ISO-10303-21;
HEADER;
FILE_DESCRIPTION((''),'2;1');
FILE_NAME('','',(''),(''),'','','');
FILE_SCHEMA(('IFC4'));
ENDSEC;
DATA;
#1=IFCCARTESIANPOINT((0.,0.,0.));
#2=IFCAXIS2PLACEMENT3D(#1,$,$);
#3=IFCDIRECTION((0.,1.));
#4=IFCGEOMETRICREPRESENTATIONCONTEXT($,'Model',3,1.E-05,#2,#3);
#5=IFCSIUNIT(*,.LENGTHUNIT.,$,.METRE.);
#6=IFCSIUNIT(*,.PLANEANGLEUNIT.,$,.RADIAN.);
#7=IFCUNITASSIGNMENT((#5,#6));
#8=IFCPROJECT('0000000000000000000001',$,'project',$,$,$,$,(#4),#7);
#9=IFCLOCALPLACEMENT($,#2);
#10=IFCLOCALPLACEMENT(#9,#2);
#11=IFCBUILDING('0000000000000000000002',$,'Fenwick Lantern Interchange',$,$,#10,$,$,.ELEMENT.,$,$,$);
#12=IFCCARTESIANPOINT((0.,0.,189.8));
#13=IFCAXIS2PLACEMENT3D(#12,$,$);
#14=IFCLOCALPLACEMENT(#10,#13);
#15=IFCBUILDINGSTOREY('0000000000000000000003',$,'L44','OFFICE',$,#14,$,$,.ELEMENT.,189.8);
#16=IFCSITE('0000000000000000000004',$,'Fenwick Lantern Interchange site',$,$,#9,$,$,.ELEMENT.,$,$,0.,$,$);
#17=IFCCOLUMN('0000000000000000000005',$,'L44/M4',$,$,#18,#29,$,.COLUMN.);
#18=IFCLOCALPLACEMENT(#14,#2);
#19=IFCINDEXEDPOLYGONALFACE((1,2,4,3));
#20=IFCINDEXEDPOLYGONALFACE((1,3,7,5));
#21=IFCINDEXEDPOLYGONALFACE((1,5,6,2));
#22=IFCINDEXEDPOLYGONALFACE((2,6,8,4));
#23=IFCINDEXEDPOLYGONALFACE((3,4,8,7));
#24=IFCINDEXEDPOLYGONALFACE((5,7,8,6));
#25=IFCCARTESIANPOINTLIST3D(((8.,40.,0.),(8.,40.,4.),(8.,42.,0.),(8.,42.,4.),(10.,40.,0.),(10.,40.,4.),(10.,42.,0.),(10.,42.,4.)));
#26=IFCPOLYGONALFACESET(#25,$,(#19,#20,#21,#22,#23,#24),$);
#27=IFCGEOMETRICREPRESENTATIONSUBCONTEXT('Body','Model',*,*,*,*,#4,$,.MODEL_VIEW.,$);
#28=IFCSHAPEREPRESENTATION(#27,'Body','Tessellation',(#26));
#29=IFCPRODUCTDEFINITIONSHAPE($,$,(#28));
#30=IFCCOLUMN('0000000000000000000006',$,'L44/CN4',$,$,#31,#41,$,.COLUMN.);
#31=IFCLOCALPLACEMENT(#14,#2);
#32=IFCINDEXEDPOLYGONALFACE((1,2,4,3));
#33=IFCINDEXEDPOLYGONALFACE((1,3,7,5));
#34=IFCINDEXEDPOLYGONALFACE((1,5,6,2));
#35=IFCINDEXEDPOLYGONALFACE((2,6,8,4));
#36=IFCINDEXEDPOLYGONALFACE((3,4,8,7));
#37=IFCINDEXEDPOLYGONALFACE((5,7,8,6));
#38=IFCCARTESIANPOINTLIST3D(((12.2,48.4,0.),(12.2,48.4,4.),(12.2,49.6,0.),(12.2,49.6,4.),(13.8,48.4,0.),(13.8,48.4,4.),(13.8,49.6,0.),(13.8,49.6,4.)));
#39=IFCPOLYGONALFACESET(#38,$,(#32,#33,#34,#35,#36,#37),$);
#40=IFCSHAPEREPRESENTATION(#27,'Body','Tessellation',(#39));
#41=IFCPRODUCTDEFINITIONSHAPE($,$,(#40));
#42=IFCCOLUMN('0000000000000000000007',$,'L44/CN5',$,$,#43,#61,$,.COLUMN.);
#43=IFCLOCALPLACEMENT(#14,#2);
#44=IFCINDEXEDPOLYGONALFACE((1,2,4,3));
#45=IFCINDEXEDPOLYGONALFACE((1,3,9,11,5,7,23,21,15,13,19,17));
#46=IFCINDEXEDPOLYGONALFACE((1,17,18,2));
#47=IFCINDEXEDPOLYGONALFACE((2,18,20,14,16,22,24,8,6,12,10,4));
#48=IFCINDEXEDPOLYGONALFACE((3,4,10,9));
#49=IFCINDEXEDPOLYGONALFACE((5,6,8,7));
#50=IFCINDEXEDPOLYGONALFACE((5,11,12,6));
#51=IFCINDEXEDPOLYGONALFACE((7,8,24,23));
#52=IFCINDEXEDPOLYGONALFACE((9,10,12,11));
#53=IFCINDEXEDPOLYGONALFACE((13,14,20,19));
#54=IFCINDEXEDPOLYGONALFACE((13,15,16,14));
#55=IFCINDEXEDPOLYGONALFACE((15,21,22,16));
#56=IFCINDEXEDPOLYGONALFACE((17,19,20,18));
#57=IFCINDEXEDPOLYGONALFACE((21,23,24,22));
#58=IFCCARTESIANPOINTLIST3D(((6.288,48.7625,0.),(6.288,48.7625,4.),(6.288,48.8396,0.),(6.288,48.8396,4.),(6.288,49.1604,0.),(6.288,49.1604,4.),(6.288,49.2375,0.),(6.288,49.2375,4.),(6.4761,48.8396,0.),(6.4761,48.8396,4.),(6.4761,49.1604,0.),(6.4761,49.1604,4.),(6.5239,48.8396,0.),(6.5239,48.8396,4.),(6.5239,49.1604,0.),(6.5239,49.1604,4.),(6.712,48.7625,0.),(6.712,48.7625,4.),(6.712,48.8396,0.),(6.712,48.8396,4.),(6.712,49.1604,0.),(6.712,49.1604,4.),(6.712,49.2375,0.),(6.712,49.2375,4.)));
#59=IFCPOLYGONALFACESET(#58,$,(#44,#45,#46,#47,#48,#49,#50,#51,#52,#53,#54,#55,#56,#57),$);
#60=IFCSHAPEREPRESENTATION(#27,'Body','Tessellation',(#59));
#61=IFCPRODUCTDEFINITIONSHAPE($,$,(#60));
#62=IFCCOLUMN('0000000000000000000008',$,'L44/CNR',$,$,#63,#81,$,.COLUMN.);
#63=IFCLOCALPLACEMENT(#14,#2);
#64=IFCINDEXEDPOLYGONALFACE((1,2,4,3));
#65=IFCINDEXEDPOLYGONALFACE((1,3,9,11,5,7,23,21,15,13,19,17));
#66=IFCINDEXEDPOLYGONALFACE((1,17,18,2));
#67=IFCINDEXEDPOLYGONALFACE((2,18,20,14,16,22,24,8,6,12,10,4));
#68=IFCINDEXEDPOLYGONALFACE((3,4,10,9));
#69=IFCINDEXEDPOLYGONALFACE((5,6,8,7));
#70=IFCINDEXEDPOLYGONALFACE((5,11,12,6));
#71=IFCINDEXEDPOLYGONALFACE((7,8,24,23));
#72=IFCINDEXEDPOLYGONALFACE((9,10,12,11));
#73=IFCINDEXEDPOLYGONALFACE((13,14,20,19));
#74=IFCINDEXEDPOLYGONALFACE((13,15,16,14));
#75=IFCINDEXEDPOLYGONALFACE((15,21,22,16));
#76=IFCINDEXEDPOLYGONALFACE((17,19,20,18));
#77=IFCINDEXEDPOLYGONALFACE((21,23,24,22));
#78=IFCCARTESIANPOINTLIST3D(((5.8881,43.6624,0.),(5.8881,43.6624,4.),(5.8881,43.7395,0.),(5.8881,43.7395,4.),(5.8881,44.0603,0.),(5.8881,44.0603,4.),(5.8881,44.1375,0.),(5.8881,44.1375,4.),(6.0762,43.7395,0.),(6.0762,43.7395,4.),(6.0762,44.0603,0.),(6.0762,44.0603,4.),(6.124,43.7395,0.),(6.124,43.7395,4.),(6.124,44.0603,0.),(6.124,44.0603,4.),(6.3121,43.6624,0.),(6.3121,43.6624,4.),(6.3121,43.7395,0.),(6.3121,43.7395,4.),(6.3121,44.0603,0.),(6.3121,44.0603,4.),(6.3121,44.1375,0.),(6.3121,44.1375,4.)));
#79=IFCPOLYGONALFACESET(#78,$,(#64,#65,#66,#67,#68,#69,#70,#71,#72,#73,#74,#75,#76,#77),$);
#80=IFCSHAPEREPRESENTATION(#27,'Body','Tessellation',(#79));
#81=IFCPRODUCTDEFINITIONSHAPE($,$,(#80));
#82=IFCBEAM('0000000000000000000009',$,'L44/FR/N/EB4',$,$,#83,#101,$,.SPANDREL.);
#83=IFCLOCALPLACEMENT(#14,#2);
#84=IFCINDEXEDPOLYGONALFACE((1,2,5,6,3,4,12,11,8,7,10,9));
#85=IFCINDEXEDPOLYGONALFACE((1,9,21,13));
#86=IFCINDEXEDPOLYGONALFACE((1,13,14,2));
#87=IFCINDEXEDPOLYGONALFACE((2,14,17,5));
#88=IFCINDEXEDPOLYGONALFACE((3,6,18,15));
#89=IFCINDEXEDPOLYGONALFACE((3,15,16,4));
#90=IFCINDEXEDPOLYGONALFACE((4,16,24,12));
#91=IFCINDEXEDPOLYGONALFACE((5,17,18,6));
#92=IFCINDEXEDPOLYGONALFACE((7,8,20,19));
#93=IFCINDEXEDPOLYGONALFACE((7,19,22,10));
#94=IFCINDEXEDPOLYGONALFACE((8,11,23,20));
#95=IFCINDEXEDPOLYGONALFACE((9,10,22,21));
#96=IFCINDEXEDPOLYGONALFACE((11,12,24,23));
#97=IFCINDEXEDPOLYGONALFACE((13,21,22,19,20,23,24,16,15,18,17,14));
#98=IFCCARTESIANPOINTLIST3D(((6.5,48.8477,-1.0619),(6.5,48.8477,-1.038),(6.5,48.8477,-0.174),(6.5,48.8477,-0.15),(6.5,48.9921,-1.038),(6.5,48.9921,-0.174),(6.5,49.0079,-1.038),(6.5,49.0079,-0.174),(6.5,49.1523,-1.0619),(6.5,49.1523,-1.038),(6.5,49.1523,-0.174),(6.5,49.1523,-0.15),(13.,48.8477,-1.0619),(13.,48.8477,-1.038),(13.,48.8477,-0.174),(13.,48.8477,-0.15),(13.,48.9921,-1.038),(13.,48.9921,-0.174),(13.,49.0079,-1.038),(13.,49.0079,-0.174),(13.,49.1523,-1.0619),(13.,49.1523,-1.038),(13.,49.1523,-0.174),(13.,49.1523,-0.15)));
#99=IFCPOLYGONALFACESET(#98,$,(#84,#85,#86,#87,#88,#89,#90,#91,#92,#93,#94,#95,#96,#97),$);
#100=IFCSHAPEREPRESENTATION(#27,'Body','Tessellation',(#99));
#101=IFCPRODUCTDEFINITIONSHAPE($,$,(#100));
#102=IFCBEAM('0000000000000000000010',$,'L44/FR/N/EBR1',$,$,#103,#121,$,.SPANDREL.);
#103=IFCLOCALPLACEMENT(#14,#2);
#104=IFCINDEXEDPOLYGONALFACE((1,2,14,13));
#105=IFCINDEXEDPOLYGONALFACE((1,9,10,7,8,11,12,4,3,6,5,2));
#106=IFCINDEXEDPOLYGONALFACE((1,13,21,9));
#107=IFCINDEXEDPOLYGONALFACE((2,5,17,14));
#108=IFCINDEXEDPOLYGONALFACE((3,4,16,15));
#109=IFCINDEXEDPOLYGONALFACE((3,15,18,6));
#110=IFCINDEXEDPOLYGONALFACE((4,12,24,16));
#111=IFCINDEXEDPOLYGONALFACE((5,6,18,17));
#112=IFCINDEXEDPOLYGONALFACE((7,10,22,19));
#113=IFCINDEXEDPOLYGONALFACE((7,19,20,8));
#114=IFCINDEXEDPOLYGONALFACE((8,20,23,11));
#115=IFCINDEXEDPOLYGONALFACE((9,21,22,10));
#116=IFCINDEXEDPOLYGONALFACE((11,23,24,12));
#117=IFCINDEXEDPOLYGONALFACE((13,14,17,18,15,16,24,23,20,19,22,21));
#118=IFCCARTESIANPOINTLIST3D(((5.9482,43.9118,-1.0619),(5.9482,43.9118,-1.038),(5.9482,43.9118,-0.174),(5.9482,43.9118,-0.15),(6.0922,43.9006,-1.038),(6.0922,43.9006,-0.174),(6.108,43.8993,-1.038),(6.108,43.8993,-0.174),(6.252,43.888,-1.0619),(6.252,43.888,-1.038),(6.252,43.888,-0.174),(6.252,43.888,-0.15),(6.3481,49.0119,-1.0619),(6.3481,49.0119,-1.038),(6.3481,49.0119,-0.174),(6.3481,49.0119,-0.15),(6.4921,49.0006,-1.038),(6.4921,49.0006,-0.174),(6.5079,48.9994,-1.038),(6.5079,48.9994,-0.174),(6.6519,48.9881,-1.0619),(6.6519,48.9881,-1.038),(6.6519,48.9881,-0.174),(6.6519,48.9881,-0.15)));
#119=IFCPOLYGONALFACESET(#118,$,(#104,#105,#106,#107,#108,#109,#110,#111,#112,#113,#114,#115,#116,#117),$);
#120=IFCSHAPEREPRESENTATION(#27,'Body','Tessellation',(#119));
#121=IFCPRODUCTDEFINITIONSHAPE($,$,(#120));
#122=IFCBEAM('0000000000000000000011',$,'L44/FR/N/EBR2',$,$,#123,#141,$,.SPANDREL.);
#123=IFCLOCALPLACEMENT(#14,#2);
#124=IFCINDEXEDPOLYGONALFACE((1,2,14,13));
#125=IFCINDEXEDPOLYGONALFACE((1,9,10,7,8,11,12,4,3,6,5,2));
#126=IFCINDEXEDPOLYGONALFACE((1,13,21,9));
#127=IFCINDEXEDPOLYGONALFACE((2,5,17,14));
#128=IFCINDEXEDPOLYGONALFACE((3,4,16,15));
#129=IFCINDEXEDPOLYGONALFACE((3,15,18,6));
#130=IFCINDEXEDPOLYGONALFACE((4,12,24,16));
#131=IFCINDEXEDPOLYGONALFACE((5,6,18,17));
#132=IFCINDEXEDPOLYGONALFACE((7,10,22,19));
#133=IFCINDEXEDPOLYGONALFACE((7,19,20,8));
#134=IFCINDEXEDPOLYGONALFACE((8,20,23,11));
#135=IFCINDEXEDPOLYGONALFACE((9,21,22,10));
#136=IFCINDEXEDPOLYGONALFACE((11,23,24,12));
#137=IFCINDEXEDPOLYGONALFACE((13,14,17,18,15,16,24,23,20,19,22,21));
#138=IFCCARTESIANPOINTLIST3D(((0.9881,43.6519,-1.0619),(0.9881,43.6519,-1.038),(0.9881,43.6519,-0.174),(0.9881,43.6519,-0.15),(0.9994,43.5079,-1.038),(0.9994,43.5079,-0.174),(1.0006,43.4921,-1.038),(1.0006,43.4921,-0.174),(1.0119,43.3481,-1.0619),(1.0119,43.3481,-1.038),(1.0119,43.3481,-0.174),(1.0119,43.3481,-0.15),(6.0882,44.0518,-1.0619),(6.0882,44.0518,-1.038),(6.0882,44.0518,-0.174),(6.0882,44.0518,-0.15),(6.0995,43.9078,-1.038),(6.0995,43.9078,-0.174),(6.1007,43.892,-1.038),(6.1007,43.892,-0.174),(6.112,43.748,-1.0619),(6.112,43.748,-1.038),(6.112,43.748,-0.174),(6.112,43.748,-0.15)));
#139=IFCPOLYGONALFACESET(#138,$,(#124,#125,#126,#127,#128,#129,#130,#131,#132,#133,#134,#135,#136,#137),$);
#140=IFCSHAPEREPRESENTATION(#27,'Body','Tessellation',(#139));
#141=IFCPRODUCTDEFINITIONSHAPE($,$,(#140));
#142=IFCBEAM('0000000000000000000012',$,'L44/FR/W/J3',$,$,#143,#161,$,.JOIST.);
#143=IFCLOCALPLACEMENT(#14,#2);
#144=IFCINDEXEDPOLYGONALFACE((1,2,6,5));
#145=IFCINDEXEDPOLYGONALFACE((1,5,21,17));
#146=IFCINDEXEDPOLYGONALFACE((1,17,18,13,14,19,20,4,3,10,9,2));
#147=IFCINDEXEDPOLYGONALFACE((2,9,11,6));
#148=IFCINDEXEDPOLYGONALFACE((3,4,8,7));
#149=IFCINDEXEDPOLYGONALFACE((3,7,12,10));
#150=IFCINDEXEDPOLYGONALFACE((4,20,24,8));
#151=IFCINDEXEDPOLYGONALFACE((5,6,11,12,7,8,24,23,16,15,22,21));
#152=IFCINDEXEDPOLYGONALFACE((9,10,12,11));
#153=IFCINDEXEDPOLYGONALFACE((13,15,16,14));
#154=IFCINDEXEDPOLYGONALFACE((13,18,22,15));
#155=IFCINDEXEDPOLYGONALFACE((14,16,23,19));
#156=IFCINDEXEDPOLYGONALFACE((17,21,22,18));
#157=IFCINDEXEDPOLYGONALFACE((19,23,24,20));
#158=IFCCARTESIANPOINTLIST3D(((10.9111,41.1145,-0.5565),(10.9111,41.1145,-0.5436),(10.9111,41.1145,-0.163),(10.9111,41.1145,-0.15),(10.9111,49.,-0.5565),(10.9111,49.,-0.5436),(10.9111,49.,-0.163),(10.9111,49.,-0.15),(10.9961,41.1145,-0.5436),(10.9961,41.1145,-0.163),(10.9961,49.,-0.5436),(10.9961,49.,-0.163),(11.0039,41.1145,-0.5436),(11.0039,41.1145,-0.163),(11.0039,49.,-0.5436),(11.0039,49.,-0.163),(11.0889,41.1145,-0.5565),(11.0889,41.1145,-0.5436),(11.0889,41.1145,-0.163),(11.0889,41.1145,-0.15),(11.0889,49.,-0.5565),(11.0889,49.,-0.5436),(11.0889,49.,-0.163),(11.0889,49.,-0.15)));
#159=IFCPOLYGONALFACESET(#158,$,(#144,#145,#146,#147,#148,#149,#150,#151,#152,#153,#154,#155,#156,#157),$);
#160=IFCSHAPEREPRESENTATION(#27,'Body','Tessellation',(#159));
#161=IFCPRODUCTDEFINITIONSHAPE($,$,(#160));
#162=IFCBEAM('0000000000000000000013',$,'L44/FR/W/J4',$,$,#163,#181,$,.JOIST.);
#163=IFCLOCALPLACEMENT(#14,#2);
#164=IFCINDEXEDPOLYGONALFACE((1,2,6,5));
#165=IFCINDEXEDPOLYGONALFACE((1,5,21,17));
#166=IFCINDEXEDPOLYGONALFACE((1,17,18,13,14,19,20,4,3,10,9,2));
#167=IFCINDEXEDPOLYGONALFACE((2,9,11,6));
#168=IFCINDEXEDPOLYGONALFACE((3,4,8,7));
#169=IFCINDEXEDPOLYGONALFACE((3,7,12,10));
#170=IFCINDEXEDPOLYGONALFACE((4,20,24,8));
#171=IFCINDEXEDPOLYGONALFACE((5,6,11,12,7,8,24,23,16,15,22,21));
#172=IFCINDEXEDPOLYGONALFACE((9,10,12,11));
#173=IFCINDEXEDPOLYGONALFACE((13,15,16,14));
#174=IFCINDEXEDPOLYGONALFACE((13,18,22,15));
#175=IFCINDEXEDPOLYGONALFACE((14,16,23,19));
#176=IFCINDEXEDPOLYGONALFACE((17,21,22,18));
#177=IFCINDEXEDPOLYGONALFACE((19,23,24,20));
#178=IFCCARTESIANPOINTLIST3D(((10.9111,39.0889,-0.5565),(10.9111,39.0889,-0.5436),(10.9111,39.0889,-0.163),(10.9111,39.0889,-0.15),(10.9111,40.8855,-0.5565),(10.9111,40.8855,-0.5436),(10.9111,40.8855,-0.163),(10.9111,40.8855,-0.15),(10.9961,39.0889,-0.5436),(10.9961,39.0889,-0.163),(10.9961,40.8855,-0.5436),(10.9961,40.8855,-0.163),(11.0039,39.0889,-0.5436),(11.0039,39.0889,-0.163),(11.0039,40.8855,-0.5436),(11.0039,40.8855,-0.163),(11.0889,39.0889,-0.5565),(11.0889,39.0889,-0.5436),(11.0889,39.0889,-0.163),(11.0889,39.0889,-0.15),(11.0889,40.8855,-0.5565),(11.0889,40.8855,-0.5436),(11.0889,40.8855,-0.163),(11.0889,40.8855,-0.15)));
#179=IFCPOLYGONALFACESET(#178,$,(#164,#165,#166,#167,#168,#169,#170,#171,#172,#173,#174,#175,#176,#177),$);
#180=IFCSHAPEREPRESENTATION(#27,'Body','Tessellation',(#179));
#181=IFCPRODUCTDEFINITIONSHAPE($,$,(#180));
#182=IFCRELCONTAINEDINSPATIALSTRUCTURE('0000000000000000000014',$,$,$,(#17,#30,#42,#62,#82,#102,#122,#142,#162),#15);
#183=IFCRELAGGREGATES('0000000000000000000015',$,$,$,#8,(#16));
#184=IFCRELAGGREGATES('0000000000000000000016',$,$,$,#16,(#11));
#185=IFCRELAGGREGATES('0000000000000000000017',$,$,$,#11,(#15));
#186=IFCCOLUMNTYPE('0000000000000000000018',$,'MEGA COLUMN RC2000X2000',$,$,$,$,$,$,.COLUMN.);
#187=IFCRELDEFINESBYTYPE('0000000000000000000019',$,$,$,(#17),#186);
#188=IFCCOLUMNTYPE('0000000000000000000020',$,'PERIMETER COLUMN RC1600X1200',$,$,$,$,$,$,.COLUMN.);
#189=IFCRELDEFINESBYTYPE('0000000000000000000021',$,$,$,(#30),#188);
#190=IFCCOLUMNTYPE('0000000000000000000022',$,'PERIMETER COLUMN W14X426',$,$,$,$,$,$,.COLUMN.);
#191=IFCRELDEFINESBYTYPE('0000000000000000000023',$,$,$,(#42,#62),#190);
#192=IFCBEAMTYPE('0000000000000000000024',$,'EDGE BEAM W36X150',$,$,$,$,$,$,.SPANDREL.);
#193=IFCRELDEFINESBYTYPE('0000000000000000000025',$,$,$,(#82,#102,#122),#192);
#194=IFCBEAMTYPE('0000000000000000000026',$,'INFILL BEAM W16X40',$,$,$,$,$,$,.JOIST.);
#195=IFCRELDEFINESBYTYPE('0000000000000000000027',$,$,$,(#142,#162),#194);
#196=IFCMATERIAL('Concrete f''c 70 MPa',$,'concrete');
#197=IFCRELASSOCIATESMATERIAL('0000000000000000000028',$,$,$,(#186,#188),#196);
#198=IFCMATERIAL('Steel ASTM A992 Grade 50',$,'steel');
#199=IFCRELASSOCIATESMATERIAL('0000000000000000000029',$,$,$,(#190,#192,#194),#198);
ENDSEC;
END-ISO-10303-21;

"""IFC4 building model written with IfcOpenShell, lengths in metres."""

from ifc_helpers import new_model, si_unit, direction, frame, origin, origin_2d, place, context, subcontext, project, spatial, rectangle, i_section, extrude, material, material_profile, profile_set, type_object, element, save


model = new_model("IFC4")

# Units and contexts
model_context = context("Model", 3, precision=1e-05, world=origin(), true_north=direction((0.0, 1.0)))
body_context = subcontext(model_context, "Body", "Model", "MODEL_VIEW")
ifc_project = project(units=[si_unit("LENGTHUNIT", "METRE"), si_unit("PLANEANGLEUNIT", "RADIAN")], contexts=[model_context])

# Site, building, storey
site_placement = place(None, origin())
site = spatial("IfcSite", under=ifc_project, at=site_placement, Name="Fenwick Lantern Interchange site", CompositionType="ELEMENT", RefElevation=0.0)
building_placement = place(site_placement, origin())
building = spatial("IfcBuilding", under=site, at=building_placement, Name="Fenwick Lantern Interchange", CompositionType="ELEMENT")
storey_placement = place(building_placement, frame((0.0, 0.0, 189.8)))
storey = spatial("IfcBuildingStorey", under=building, at=storey_placement, Name="L44", Description="OFFICE", CompositionType="ELEMENT", Elevation=189.8)

# Columns
ifc_material_1 = material(Name="Concrete f'c 70 MPa", Category="concrete")
ifc_material_profile_1 = material_profile(ifc_material_1, rectangle(XDim=2.0, YDim=2.0, at=origin_2d()), Name="RC2000X2000")
ifc_profile_set_1 = profile_set([ifc_material_profile_1], Name="Concrete f'c 70 MPa")
column_type_1 = type_object("IfcColumnType", Name="MEGA COLUMN RC2000X2000", PredefinedType="COLUMN", material=ifc_profile_set_1)
column_1_placement = place(storey_placement, frame((9.0, 41.0, 0.0), z_axis=(0.0, 0.0, 1.0), x_axis=(1.0, 0.0, 0.0)))
element("IfcColumn", 1, at=column_1_placement, inside=storey, type_object=column_type_1, Name="L44/M4", PredefinedType="COLUMN", context=body_context, shape_type="SweptSolid", body=[
    extrude(rectangle(XDim=2.0, YDim=2.0, at=origin_2d()), origin(), (0.0, 0.0, 1.0), 4.0),
])
ifc_material_profile_2 = material_profile(ifc_material_1, rectangle(XDim=1.6001, YDim=1.2, at=origin_2d()), Name="RC1600X1200")
ifc_profile_set_2 = profile_set([ifc_material_profile_2], Name="Concrete f'c 70 MPa")
column_type_2 = type_object("IfcColumnType", Name="PERIMETER COLUMN RC1600X1200", PredefinedType="COLUMN", material=ifc_profile_set_2)
column_2_placement = place(storey_placement, frame((13.0, 49.0, 0.0), z_axis=(0.0, 0.0, 1.0), x_axis=(1.0, 0.0, 0.0)))
element("IfcColumn", 2, at=column_2_placement, inside=storey, type_object=column_type_2, Name="L44/CN4", PredefinedType="COLUMN", context=body_context, shape_type="SweptSolid", body=[
    extrude(rectangle(XDim=1.6001, YDim=1.2, at=origin_2d()), origin(), (0.0, 0.0, 1.0), 4.0),
])
ifc_material_2 = material(Name="Steel ASTM A992 Grade 50", Category="steel")
ifc_material_profile_3 = material_profile(ifc_material_2, i_section(OverallWidth=0.4241, OverallDepth=0.4751, WebThickness=0.0479, FlangeThickness=0.0771, at=origin_2d()), Name="W14X426")
ifc_profile_set_3 = profile_set([ifc_material_profile_3], Name="Steel ASTM A992 Grade 50")
column_type_3 = type_object("IfcColumnType", Name="PERIMETER COLUMN W14X426", PredefinedType="COLUMN", material=ifc_profile_set_3)
for number, where, z_axis, x_axis, name in (
    (3, (6.5, 49.0, 0.0), (0.0, 0.0, 1.0), (1.0, 0.0, 0.0), "L44/CN5"),
    (4, (6.1001, 43.8999, 0.0), (0.0, 0.0, 1.0), (1.0, 0.0, 0.0), "L44/CNR"),
):
    element("IfcColumn", number, at=place(storey_placement, frame(where, z_axis=z_axis, x_axis=x_axis)), inside=storey, type_object=column_type_3, Name=name, PredefinedType="COLUMN", context=body_context, shape_type="SweptSolid", body=[
        extrude(i_section(OverallWidth=0.4241, OverallDepth=0.4751, WebThickness=0.0479, FlangeThickness=0.0771, at=origin_2d()), origin(), (0.0, 0.0, 1.0), 4.0),
    ])

# Beams
ifc_material_profile_4 = material_profile(ifc_material_2, i_section(OverallWidth=0.3047, OverallDepth=0.9119, WebThickness=0.0159, FlangeThickness=0.0239, at=origin_2d()), Name="W36X150")
ifc_profile_set_4 = profile_set([ifc_material_profile_4], Name="Steel ASTM A992 Grade 50")
beam_type_1 = type_object("IfcBeamType", Name="EDGE BEAM W36X150", PredefinedType="SPANDREL", material=ifc_profile_set_4)
beam_1_placement = place(storey_placement, frame((13.0, 49.0, -0.606), z_axis=(-1.0, 0.0, 0.0), x_axis=(0.0, -1.0, 0.0)))
element("IfcBeam", 5, at=beam_1_placement, inside=storey, type_object=beam_type_1, Name="L44/FR/N/EB4", PredefinedType="SPANDREL", context=body_context, shape_type="SweptSolid", body=[
    extrude(i_section(OverallWidth=0.3047, OverallDepth=0.9119, WebThickness=0.0159, FlangeThickness=0.0239, at=origin_2d()), origin(), (0.0, 0.0, 1.0), 6.5),
])
for number, where, z_axis, x_axis, name in (
    (6, (6.5, 49.0, -0.606), (-0.078171, -0.99694, 0.0), (0.99694, -0.078171, 0.0), "L44/FR/N/EBR1"),
    (7, (6.1001, 43.8999, -0.606), (-0.99694, -0.078171, 0.0), (0.078171, -0.99694, 0.0), "L44/FR/N/EBR2"),
):
    element("IfcBeam", number, at=place(storey_placement, frame(where, z_axis=z_axis, x_axis=x_axis)), inside=storey, type_object=beam_type_1, Name=name, PredefinedType="SPANDREL", context=body_context, shape_type="SweptSolid", body=[
        extrude(i_section(OverallWidth=0.3047, OverallDepth=0.9119, WebThickness=0.0159, FlangeThickness=0.0239, at=origin_2d()), origin(), (0.0, 0.0, 1.0), 5.1157),
    ])
ifc_material_profile_5 = material_profile(ifc_material_2, i_section(OverallWidth=0.1777, OverallDepth=0.4065, WebThickness=0.0078, FlangeThickness=0.0129, at=origin_2d()), Name="W16X40")
ifc_profile_set_5 = profile_set([ifc_material_profile_5], Name="Steel ASTM A992 Grade 50")
beam_type_2 = type_object("IfcBeamType", Name="INFILL BEAM W16X40", PredefinedType="JOIST", material=ifc_profile_set_5)
beam_2_placement = place(storey_placement, frame((11.0, 49.0, -0.3533), z_axis=(0.0, -1.0, 0.0), x_axis=(1.0, 0.0, 0.0)))
element("IfcBeam", 8, at=beam_2_placement, inside=storey, type_object=beam_type_2, Name="L44/FR/W/J3", PredefinedType="JOIST", context=body_context, shape_type="SweptSolid", body=[
    extrude(i_section(OverallWidth=0.1777, OverallDepth=0.4065, WebThickness=0.0078, FlangeThickness=0.0129, at=origin_2d()), origin(), (0.0, 0.0, 1.0), 7.8855),
])
beam_3_placement = place(storey_placement, frame((11.0, 40.8855, -0.3533), z_axis=(0.0, -1.0, 0.0), x_axis=(1.0, 0.0, 0.0)))
element("IfcBeam", 9, at=beam_3_placement, inside=storey, type_object=beam_type_2, Name="L44/FR/W/J4", PredefinedType="JOIST", context=body_context, shape_type="SweptSolid", body=[
    extrude(i_section(OverallWidth=0.1777, OverallDepth=0.4065, WebThickness=0.0078, FlangeThickness=0.0129, at=origin_2d()), origin(), (0.0, 0.0, 1.0), 1.7966),
])

save(model, "model.ifc")
